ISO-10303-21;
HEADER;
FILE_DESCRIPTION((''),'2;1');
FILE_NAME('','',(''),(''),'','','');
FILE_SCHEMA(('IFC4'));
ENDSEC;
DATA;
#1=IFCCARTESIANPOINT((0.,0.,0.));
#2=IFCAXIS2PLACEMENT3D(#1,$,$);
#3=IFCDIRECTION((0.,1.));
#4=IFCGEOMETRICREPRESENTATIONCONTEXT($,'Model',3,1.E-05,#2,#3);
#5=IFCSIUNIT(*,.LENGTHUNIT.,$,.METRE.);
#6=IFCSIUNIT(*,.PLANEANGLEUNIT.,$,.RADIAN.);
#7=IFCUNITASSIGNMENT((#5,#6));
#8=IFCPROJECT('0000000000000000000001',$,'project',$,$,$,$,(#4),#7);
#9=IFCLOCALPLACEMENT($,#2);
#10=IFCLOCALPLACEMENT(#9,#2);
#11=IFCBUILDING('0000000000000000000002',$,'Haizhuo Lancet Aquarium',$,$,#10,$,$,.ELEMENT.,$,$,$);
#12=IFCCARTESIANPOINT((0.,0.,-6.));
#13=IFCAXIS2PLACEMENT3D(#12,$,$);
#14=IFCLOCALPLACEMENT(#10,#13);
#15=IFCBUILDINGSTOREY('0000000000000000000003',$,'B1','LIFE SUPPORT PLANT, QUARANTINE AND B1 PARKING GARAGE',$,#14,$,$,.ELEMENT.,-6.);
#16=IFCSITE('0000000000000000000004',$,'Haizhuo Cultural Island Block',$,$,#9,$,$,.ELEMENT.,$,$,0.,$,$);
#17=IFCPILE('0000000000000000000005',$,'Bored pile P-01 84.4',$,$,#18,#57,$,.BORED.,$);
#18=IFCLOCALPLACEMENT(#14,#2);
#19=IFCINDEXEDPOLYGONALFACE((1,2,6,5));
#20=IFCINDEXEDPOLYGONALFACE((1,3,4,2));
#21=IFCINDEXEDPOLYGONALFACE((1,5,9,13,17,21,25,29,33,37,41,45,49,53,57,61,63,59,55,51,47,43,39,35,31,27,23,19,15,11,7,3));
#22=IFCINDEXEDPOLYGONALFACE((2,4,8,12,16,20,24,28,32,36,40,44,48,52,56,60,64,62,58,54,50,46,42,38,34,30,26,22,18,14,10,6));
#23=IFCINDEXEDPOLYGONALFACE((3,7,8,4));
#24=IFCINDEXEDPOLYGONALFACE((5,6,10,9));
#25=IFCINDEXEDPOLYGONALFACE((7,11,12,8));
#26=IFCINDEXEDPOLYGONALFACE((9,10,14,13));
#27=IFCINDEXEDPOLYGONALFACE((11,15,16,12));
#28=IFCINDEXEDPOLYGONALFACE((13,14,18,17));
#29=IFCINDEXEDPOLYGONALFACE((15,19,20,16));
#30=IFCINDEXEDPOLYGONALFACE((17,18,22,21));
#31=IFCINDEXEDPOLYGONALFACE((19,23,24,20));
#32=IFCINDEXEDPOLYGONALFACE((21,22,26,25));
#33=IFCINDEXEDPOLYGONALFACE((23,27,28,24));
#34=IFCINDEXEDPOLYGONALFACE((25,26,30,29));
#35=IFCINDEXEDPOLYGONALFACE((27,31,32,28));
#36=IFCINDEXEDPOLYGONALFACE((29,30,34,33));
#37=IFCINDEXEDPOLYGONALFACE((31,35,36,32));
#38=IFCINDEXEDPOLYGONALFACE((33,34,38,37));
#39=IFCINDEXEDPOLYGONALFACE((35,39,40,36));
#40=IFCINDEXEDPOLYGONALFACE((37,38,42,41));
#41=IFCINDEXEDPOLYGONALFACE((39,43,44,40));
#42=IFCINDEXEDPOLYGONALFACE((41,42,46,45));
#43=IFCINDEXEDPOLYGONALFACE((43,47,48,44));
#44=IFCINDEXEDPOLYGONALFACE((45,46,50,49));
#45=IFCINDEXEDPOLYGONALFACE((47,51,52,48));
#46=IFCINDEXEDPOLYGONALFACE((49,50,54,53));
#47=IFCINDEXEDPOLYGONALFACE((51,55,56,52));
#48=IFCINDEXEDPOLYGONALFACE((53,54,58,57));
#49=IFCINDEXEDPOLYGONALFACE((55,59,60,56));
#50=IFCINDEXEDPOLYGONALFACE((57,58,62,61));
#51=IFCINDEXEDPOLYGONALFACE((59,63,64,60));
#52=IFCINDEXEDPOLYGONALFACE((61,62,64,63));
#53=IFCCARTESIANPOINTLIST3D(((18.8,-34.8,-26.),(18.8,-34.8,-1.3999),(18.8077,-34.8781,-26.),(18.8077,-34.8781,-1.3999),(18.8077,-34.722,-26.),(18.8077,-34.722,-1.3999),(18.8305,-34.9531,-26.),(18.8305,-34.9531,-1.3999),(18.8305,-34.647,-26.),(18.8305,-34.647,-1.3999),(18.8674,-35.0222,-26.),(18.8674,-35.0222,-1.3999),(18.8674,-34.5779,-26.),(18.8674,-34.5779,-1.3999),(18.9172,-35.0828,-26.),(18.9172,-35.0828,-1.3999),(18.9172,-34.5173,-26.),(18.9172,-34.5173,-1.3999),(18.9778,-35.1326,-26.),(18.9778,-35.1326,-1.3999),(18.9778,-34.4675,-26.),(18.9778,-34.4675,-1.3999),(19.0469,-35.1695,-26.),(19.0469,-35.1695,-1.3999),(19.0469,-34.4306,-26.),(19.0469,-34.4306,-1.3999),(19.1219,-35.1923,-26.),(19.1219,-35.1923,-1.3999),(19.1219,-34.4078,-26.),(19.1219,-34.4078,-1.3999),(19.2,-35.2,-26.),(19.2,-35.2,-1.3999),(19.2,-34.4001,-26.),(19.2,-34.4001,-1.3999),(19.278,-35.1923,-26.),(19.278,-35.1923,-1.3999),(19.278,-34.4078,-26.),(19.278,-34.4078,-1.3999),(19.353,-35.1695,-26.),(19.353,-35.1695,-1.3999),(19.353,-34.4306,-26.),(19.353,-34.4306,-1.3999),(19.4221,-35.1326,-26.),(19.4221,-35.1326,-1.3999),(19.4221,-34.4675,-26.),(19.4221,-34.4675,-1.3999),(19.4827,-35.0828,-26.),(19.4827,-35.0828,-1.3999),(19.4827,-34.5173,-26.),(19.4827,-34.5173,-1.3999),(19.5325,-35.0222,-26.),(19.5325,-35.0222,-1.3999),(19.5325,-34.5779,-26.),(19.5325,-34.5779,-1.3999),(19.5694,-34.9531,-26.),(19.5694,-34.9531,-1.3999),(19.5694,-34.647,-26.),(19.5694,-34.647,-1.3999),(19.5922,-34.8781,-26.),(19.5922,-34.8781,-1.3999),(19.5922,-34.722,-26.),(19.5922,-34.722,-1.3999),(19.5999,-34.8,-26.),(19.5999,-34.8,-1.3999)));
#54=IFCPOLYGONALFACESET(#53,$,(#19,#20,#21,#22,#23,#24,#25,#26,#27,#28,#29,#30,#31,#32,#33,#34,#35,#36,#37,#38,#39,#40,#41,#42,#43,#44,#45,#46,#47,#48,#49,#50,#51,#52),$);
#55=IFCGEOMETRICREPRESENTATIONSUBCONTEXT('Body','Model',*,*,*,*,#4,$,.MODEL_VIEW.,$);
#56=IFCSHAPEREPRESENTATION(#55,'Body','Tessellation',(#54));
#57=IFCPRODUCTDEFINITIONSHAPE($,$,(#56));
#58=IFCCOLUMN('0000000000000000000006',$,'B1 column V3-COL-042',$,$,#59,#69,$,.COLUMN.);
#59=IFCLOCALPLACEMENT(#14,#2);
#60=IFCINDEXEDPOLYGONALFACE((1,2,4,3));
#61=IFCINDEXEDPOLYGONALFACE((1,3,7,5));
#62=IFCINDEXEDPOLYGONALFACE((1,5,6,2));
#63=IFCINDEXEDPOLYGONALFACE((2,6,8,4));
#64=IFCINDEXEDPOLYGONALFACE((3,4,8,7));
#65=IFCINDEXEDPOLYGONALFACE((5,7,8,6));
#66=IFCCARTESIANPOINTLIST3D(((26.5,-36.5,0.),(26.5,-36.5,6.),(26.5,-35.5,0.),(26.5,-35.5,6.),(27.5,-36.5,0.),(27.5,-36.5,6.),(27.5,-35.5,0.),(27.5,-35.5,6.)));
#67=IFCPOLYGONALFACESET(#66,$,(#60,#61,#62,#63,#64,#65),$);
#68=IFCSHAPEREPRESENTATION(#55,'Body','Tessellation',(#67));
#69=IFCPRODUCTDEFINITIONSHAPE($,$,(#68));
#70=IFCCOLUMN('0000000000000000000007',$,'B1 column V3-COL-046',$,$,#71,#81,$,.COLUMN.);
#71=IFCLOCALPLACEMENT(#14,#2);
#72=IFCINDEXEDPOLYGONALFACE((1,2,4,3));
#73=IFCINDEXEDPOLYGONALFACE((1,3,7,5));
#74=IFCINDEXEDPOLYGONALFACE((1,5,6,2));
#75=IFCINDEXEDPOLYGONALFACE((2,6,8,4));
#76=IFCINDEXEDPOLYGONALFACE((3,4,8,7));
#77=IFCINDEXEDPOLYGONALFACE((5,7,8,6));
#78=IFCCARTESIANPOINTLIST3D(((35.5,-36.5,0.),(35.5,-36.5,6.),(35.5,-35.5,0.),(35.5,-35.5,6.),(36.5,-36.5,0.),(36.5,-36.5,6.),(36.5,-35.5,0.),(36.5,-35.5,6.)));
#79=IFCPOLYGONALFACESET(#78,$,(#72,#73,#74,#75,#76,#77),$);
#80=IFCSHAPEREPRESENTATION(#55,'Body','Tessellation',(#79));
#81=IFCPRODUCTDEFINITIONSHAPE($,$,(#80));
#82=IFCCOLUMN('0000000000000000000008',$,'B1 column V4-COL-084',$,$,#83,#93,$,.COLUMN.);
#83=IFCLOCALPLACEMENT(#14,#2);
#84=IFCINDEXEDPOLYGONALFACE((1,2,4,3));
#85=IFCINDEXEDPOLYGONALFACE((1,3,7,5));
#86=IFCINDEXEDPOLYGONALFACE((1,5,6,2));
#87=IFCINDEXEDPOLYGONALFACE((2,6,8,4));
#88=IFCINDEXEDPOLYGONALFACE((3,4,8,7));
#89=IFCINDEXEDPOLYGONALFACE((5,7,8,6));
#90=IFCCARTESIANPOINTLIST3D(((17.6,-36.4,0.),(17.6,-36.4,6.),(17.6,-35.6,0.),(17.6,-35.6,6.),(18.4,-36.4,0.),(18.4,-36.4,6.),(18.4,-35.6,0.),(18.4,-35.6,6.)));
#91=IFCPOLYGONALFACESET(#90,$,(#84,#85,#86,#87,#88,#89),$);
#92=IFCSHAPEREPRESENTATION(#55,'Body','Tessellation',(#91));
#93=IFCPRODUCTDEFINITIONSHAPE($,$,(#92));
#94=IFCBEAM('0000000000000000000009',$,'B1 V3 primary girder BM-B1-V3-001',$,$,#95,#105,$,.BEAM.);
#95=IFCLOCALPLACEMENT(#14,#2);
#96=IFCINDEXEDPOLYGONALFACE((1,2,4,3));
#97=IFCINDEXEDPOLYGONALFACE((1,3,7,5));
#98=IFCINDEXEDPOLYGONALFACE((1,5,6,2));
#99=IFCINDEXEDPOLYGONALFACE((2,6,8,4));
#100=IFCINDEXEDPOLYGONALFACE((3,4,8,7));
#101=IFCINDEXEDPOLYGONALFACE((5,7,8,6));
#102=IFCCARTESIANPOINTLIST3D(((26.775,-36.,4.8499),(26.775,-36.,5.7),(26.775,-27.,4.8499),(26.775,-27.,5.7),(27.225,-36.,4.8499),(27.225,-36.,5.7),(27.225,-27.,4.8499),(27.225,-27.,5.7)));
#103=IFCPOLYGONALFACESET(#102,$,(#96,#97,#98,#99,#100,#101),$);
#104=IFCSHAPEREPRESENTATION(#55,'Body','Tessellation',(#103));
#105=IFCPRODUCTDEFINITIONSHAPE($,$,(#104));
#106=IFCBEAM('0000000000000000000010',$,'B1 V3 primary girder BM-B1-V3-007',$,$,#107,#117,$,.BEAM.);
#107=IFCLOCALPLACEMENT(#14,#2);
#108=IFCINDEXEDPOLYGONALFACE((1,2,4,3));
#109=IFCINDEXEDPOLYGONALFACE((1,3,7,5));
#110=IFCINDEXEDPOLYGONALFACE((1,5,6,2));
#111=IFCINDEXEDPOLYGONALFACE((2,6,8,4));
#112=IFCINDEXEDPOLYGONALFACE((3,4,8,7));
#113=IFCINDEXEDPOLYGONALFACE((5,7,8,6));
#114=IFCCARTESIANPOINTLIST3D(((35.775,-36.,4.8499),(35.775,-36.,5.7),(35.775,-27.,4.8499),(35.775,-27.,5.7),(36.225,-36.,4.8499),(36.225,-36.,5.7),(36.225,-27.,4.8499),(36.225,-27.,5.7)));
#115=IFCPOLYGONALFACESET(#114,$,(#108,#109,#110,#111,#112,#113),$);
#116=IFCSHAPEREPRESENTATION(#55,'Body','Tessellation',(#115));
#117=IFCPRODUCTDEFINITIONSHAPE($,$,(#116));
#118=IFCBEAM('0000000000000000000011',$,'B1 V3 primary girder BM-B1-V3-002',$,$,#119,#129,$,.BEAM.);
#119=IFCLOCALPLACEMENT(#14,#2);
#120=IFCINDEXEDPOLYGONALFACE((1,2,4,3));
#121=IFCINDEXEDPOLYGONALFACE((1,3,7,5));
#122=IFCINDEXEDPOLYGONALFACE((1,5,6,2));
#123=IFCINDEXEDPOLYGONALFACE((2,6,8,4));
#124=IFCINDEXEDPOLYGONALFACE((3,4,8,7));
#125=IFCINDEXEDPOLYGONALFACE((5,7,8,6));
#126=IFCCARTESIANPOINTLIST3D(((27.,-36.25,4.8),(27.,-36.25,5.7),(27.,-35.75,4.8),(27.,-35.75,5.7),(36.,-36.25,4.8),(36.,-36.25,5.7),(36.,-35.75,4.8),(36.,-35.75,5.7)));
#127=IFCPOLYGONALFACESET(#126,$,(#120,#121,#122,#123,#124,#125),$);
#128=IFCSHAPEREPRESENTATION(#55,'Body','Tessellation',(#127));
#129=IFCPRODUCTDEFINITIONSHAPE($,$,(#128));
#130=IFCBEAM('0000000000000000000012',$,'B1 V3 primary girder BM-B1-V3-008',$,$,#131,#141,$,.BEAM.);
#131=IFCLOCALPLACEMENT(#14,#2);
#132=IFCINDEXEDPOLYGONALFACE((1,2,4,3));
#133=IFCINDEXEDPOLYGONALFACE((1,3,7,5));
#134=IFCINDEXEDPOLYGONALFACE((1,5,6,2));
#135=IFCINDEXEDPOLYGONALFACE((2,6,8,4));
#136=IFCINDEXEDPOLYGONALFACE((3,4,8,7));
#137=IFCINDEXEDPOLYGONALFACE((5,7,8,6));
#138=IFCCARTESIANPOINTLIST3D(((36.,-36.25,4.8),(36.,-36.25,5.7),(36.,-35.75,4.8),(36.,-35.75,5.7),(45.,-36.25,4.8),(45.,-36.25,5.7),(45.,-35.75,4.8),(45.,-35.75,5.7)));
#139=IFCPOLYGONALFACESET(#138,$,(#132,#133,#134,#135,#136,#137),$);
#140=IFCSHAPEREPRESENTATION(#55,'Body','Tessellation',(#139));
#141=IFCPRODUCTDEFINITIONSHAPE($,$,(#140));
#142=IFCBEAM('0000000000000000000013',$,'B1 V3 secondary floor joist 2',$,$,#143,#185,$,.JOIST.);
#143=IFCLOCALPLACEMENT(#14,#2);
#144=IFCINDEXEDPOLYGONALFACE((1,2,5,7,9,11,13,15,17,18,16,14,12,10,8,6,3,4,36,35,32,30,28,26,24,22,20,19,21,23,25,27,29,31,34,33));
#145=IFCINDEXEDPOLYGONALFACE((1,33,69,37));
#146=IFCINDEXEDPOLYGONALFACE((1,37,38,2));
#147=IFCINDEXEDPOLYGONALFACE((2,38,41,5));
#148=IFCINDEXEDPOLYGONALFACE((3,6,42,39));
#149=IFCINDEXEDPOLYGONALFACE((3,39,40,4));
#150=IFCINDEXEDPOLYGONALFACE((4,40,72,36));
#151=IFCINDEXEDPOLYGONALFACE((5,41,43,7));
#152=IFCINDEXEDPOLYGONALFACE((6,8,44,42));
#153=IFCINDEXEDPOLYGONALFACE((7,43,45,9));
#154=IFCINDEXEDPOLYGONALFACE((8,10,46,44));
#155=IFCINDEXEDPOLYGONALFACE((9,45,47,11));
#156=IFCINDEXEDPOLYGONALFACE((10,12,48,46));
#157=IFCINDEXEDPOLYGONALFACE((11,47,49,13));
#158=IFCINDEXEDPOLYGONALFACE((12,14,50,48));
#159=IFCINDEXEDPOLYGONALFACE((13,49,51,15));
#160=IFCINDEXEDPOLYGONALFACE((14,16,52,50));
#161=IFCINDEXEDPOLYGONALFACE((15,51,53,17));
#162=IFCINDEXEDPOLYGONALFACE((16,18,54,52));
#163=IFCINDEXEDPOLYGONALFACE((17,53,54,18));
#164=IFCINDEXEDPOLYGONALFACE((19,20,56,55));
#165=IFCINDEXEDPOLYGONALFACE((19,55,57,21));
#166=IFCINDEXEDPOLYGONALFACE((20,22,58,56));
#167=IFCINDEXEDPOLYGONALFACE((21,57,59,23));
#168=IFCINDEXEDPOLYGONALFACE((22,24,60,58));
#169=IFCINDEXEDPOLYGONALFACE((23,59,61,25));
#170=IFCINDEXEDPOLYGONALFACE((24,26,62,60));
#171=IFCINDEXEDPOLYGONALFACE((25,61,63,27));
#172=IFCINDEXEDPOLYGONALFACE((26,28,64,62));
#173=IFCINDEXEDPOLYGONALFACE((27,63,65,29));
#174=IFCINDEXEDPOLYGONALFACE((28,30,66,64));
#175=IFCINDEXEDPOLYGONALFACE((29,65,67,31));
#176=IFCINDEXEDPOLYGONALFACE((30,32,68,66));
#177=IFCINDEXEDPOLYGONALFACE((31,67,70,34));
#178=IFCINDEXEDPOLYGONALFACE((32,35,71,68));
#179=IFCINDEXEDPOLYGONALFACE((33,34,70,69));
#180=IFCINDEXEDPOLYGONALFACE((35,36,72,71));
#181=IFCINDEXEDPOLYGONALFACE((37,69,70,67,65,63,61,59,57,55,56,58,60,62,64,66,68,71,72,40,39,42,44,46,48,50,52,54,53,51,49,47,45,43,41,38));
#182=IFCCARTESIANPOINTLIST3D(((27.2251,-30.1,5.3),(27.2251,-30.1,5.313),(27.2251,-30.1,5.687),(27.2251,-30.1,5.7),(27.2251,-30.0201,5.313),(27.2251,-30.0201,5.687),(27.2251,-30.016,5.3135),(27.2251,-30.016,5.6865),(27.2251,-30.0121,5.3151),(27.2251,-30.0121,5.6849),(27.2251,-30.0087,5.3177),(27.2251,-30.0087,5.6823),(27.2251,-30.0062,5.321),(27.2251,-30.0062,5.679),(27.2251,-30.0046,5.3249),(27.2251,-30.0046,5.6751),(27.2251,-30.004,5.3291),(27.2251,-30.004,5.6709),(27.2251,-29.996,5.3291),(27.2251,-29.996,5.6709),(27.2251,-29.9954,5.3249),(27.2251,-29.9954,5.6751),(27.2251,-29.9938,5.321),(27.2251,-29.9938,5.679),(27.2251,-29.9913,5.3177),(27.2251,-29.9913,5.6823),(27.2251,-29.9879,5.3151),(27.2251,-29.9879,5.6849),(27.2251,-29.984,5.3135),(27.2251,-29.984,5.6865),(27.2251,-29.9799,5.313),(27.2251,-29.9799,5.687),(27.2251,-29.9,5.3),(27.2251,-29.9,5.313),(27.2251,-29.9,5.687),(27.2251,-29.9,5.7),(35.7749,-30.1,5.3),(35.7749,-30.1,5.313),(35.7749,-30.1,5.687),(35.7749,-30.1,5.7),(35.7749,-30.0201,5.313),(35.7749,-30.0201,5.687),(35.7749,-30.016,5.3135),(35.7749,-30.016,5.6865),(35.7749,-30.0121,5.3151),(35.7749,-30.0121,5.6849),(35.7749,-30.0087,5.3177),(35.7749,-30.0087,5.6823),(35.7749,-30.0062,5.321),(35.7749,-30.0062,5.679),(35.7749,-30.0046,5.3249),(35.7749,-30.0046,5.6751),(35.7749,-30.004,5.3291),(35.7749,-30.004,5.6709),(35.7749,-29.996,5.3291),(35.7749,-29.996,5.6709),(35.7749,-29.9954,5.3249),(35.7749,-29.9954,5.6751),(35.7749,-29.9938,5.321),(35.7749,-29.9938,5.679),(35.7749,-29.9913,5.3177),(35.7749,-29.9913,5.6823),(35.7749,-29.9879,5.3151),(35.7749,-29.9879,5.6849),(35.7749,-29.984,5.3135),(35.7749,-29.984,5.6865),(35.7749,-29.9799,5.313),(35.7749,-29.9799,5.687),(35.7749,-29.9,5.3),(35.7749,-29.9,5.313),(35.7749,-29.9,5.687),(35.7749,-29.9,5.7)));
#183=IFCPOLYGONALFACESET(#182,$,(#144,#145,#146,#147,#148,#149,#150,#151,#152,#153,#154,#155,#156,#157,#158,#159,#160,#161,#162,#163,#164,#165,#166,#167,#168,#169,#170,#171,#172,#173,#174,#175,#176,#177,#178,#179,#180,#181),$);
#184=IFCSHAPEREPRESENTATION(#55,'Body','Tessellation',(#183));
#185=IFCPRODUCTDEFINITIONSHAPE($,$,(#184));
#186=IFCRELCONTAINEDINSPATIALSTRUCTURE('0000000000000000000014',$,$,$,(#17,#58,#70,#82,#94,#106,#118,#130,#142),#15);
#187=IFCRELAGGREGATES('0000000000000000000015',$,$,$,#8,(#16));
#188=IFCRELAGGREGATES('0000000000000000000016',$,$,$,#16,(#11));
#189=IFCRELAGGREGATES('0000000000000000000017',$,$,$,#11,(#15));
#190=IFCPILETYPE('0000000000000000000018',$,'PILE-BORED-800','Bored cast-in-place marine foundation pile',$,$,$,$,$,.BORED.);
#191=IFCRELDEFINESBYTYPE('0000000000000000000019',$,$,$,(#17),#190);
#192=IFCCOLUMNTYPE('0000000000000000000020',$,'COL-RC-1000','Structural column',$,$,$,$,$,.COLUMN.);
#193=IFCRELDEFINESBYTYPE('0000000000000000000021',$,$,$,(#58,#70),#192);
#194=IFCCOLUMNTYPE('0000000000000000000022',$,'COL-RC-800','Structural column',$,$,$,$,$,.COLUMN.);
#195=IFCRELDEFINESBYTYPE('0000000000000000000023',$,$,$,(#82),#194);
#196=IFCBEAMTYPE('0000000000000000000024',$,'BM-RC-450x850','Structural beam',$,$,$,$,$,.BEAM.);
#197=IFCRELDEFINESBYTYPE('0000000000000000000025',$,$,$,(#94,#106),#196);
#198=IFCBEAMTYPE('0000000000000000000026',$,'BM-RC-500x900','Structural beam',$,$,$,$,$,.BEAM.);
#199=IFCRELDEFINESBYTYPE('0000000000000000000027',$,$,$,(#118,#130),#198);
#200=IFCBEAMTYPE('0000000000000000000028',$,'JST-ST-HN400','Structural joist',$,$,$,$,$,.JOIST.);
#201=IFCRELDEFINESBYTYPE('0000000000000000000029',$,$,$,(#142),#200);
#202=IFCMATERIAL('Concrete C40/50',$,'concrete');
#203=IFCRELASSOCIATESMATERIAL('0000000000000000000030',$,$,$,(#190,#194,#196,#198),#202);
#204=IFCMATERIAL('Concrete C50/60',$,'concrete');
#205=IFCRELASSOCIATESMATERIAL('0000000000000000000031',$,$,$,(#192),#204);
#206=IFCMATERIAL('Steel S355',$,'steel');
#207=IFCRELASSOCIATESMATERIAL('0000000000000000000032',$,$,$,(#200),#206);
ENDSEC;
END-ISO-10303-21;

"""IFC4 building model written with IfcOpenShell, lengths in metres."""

from ifc_helpers import new_model, si_unit, direction, frame, origin, origin_2d, place, context, subcontext, project, spatial, rectangle, circle, i_section, extrude, material, material_profile, profile_set, type_object, element, save


model = new_model("IFC4")

# Units and contexts
model_context = context("Model", 3, precision=1e-05, world=origin(), true_north=direction((0.0, 1.0)))
body_context = subcontext(model_context, "Body", "Model", "MODEL_VIEW")
ifc_project = project(units=[si_unit("LENGTHUNIT", "METRE"), si_unit("PLANEANGLEUNIT", "RADIAN")], contexts=[model_context])

# Site, building, storey
site_placement = place(None, origin())
site = spatial("IfcSite", under=ifc_project, at=site_placement, Name="Haizhuo Cultural Island Block", CompositionType="ELEMENT", RefElevation=0.0)
building_placement = place(site_placement, origin())
building = spatial("IfcBuilding", under=site, at=building_placement, Name="Haizhuo Lancet Aquarium", CompositionType="ELEMENT")
storey_placement = place(building_placement, frame((0.0, 0.0, -6.0)))
storey = spatial("IfcBuildingStorey", under=building, at=storey_placement, Name="B1", Description="LIFE SUPPORT PLANT, QUARANTINE AND B1 PARKING GARAGE", CompositionType="ELEMENT", Elevation=-6.0)

# Shared definitions
ifc_material_1 = material(Name="Concrete C40/50", Category="concrete")

# Pile
ifc_material_profile_1 = material_profile(ifc_material_1, circle(Radius=0.3999, at=origin_2d()), Name="PILE-800")
ifc_profile_set_1 = profile_set([ifc_material_profile_1], Name="Concrete C40/50")
pile_type = type_object("IfcPileType", Name="PILE-BORED-800", Description="Bored cast-in-place marine foundation pile", PredefinedType="BORED", material=ifc_profile_set_1)
for number, where, z_axis, x_axis, name in (
    (1, (19.2, -34.8, -1.3999), (0.0, 0.0, -1.0), (1.0, 0.0, 0.0), "Bored pile P-01 84.4"),
):
    element("IfcPile", number, at=place(storey_placement, frame(where, z_axis=z_axis, x_axis=x_axis)), inside=storey, type_object=pile_type, Name=name, PredefinedType="BORED", context=body_context, shape_type="SweptSolid", body=[
        extrude(circle(Radius=0.3999, at=origin_2d()), origin(), (0.0, 0.0, 1.0), 24.6001),
    ])

# Columns
ifc_material_2 = material(Name="Concrete C50/60", Category="concrete")
ifc_material_profile_2 = material_profile(ifc_material_2, rectangle(XDim=1.0, YDim=1.0, at=origin_2d()), Name="RC-COL 1000x1000")
ifc_profile_set_2 = profile_set([ifc_material_profile_2], Name="Concrete C50/60")
column_type_1 = type_object("IfcColumnType", Name="COL-RC-1000", Description="Structural column", PredefinedType="COLUMN", material=ifc_profile_set_2)
for number, where, z_axis, x_axis, name in (
    (2, (27.0, -36.0, 0.0), (0.0, 0.0, 1.0), (1.0, 0.0, 0.0), "B1 column V3-COL-042"),
    (3, (36.0, -36.0, 0.0), (0.0, 0.0, 1.0), (1.0, 0.0, 0.0), "B1 column V3-COL-046"),
):
    element("IfcColumn", number, at=place(storey_placement, frame(where, z_axis=z_axis, x_axis=x_axis)), inside=storey, type_object=column_type_1, Name=name, PredefinedType="COLUMN", context=body_context, shape_type="SweptSolid", body=[
        extrude(rectangle(XDim=1.0, YDim=1.0, at=origin_2d()), origin(), (0.0, 0.0, 1.0), 6.0),
    ])
ifc_material_profile_3 = material_profile(ifc_material_1, rectangle(XDim=0.8, YDim=0.8, at=origin_2d()), Name="RC-COL 800x800")
ifc_profile_set_3 = profile_set([ifc_material_profile_3], Name="Concrete C40/50")
column_type_2 = type_object("IfcColumnType", Name="COL-RC-800", Description="Structural column", PredefinedType="COLUMN", material=ifc_profile_set_3)
column_placement = place(storey_placement, frame((18.0, -36.0, 0.0), z_axis=(0.0, 0.0, 1.0), x_axis=(1.0, 0.0, 0.0)))
element("IfcColumn", 4, at=column_placement, inside=storey, type_object=column_type_2, Name="B1 column V4-COL-084", PredefinedType="COLUMN", context=body_context, shape_type="SweptSolid", body=[
    extrude(rectangle(XDim=0.8, YDim=0.8, at=origin_2d()), origin(), (0.0, 0.0, 1.0), 6.0),
])

# Beams
ifc_material_profile_4 = material_profile(ifc_material_1, rectangle(XDim=0.45, YDim=0.8501, at=origin_2d()), Name="RC-BM 450x850")
ifc_profile_set_4 = profile_set([ifc_material_profile_4], Name="Concrete C40/50")
beam_type_1 = type_object("IfcBeamType", Name="BM-RC-450x850", Description="Structural beam", PredefinedType="BEAM", material=ifc_profile_set_4)
for number, where, z_axis, x_axis, name in (
    (5, (27.0, -36.0, 5.2749), (0.0, 1.0, 0.0), (-1.0, 0.0, 0.0), "B1 V3 primary girder BM-B1-V3-001"),
    (6, (36.0, -36.0, 5.2749), (0.0, 1.0, 0.0), (-1.0, 0.0, 0.0), "B1 V3 primary girder BM-B1-V3-007"),
):
    element("IfcBeam", number, at=place(storey_placement, frame(where, z_axis=z_axis, x_axis=x_axis)), inside=storey, type_object=beam_type_1, Name=name, PredefinedType="BEAM", context=body_context, shape_type="SweptSolid", body=[
        extrude(rectangle(XDim=0.45, YDim=0.8501, at=origin_2d()), origin(), (0.0, 0.0, 1.0), 9.0),
    ])
ifc_material_profile_5 = material_profile(ifc_material_1, rectangle(XDim=0.5, YDim=0.8999, at=origin_2d()), Name="RC-BM 500x900")
ifc_profile_set_5 = profile_set([ifc_material_profile_5], Name="Concrete C40/50")
beam_type_2 = type_object("IfcBeamType", Name="BM-RC-500x900", Description="Structural beam", PredefinedType="BEAM", material=ifc_profile_set_5)
for number, where, z_axis, x_axis, name in (
    (7, (27.0, -36.0, 5.25), (1.0, 0.0, 0.0), (0.0, 1.0, 0.0), "B1 V3 primary girder BM-B1-V3-002"),
    (8, (36.0, -36.0, 5.25), (1.0, 0.0, 0.0), (0.0, 1.0, 0.0), "B1 V3 primary girder BM-B1-V3-008"),
):
    element("IfcBeam", number, at=place(storey_placement, frame(where, z_axis=z_axis, x_axis=x_axis)), inside=storey, type_object=beam_type_2, Name=name, PredefinedType="BEAM", context=body_context, shape_type="SweptSolid", body=[
        extrude(rectangle(XDim=0.5, YDim=0.8999, at=origin_2d()), origin(), (0.0, 0.0, 1.0), 9.0),
    ])
ifc_material_3 = material(Name="Steel S355", Category="steel")
ifc_material_profile_6 = material_profile(ifc_material_3, i_section(OverallWidth=0.2, OverallDepth=0.3999, WebThickness=0.0081, FlangeThickness=0.0129, FilletRadius=0.0161, at=origin_2d()), Name="HN 400x200x8x13")
ifc_profile_set_6 = profile_set([ifc_material_profile_6], Name="Steel S355")
beam_type_3 = type_object("IfcBeamType", Name="JST-ST-HN400", Description="Structural joist", PredefinedType="JOIST", material=ifc_profile_set_6)
beam_1_placement = place(storey_placement, frame((27.2251, -30.0, 5.5), z_axis=(1.0, 0.0, 0.0), x_axis=(0.0, 1.0, 0.0)))
element("IfcBeam", 9, at=beam_1_placement, inside=storey, type_object=beam_type_3, Name="B1 V3 secondary floor joist 2", PredefinedType="JOIST", context=body_context, shape_type="SweptSolid", body=[
    extrude(i_section(OverallWidth=0.2, OverallDepth=0.3999, WebThickness=0.0081, FlangeThickness=0.0129, FilletRadius=0.0161, at=origin_2d()), origin(), (0.0, 0.0, 1.0), 8.5498),
])

save(model, "model.ifc")
